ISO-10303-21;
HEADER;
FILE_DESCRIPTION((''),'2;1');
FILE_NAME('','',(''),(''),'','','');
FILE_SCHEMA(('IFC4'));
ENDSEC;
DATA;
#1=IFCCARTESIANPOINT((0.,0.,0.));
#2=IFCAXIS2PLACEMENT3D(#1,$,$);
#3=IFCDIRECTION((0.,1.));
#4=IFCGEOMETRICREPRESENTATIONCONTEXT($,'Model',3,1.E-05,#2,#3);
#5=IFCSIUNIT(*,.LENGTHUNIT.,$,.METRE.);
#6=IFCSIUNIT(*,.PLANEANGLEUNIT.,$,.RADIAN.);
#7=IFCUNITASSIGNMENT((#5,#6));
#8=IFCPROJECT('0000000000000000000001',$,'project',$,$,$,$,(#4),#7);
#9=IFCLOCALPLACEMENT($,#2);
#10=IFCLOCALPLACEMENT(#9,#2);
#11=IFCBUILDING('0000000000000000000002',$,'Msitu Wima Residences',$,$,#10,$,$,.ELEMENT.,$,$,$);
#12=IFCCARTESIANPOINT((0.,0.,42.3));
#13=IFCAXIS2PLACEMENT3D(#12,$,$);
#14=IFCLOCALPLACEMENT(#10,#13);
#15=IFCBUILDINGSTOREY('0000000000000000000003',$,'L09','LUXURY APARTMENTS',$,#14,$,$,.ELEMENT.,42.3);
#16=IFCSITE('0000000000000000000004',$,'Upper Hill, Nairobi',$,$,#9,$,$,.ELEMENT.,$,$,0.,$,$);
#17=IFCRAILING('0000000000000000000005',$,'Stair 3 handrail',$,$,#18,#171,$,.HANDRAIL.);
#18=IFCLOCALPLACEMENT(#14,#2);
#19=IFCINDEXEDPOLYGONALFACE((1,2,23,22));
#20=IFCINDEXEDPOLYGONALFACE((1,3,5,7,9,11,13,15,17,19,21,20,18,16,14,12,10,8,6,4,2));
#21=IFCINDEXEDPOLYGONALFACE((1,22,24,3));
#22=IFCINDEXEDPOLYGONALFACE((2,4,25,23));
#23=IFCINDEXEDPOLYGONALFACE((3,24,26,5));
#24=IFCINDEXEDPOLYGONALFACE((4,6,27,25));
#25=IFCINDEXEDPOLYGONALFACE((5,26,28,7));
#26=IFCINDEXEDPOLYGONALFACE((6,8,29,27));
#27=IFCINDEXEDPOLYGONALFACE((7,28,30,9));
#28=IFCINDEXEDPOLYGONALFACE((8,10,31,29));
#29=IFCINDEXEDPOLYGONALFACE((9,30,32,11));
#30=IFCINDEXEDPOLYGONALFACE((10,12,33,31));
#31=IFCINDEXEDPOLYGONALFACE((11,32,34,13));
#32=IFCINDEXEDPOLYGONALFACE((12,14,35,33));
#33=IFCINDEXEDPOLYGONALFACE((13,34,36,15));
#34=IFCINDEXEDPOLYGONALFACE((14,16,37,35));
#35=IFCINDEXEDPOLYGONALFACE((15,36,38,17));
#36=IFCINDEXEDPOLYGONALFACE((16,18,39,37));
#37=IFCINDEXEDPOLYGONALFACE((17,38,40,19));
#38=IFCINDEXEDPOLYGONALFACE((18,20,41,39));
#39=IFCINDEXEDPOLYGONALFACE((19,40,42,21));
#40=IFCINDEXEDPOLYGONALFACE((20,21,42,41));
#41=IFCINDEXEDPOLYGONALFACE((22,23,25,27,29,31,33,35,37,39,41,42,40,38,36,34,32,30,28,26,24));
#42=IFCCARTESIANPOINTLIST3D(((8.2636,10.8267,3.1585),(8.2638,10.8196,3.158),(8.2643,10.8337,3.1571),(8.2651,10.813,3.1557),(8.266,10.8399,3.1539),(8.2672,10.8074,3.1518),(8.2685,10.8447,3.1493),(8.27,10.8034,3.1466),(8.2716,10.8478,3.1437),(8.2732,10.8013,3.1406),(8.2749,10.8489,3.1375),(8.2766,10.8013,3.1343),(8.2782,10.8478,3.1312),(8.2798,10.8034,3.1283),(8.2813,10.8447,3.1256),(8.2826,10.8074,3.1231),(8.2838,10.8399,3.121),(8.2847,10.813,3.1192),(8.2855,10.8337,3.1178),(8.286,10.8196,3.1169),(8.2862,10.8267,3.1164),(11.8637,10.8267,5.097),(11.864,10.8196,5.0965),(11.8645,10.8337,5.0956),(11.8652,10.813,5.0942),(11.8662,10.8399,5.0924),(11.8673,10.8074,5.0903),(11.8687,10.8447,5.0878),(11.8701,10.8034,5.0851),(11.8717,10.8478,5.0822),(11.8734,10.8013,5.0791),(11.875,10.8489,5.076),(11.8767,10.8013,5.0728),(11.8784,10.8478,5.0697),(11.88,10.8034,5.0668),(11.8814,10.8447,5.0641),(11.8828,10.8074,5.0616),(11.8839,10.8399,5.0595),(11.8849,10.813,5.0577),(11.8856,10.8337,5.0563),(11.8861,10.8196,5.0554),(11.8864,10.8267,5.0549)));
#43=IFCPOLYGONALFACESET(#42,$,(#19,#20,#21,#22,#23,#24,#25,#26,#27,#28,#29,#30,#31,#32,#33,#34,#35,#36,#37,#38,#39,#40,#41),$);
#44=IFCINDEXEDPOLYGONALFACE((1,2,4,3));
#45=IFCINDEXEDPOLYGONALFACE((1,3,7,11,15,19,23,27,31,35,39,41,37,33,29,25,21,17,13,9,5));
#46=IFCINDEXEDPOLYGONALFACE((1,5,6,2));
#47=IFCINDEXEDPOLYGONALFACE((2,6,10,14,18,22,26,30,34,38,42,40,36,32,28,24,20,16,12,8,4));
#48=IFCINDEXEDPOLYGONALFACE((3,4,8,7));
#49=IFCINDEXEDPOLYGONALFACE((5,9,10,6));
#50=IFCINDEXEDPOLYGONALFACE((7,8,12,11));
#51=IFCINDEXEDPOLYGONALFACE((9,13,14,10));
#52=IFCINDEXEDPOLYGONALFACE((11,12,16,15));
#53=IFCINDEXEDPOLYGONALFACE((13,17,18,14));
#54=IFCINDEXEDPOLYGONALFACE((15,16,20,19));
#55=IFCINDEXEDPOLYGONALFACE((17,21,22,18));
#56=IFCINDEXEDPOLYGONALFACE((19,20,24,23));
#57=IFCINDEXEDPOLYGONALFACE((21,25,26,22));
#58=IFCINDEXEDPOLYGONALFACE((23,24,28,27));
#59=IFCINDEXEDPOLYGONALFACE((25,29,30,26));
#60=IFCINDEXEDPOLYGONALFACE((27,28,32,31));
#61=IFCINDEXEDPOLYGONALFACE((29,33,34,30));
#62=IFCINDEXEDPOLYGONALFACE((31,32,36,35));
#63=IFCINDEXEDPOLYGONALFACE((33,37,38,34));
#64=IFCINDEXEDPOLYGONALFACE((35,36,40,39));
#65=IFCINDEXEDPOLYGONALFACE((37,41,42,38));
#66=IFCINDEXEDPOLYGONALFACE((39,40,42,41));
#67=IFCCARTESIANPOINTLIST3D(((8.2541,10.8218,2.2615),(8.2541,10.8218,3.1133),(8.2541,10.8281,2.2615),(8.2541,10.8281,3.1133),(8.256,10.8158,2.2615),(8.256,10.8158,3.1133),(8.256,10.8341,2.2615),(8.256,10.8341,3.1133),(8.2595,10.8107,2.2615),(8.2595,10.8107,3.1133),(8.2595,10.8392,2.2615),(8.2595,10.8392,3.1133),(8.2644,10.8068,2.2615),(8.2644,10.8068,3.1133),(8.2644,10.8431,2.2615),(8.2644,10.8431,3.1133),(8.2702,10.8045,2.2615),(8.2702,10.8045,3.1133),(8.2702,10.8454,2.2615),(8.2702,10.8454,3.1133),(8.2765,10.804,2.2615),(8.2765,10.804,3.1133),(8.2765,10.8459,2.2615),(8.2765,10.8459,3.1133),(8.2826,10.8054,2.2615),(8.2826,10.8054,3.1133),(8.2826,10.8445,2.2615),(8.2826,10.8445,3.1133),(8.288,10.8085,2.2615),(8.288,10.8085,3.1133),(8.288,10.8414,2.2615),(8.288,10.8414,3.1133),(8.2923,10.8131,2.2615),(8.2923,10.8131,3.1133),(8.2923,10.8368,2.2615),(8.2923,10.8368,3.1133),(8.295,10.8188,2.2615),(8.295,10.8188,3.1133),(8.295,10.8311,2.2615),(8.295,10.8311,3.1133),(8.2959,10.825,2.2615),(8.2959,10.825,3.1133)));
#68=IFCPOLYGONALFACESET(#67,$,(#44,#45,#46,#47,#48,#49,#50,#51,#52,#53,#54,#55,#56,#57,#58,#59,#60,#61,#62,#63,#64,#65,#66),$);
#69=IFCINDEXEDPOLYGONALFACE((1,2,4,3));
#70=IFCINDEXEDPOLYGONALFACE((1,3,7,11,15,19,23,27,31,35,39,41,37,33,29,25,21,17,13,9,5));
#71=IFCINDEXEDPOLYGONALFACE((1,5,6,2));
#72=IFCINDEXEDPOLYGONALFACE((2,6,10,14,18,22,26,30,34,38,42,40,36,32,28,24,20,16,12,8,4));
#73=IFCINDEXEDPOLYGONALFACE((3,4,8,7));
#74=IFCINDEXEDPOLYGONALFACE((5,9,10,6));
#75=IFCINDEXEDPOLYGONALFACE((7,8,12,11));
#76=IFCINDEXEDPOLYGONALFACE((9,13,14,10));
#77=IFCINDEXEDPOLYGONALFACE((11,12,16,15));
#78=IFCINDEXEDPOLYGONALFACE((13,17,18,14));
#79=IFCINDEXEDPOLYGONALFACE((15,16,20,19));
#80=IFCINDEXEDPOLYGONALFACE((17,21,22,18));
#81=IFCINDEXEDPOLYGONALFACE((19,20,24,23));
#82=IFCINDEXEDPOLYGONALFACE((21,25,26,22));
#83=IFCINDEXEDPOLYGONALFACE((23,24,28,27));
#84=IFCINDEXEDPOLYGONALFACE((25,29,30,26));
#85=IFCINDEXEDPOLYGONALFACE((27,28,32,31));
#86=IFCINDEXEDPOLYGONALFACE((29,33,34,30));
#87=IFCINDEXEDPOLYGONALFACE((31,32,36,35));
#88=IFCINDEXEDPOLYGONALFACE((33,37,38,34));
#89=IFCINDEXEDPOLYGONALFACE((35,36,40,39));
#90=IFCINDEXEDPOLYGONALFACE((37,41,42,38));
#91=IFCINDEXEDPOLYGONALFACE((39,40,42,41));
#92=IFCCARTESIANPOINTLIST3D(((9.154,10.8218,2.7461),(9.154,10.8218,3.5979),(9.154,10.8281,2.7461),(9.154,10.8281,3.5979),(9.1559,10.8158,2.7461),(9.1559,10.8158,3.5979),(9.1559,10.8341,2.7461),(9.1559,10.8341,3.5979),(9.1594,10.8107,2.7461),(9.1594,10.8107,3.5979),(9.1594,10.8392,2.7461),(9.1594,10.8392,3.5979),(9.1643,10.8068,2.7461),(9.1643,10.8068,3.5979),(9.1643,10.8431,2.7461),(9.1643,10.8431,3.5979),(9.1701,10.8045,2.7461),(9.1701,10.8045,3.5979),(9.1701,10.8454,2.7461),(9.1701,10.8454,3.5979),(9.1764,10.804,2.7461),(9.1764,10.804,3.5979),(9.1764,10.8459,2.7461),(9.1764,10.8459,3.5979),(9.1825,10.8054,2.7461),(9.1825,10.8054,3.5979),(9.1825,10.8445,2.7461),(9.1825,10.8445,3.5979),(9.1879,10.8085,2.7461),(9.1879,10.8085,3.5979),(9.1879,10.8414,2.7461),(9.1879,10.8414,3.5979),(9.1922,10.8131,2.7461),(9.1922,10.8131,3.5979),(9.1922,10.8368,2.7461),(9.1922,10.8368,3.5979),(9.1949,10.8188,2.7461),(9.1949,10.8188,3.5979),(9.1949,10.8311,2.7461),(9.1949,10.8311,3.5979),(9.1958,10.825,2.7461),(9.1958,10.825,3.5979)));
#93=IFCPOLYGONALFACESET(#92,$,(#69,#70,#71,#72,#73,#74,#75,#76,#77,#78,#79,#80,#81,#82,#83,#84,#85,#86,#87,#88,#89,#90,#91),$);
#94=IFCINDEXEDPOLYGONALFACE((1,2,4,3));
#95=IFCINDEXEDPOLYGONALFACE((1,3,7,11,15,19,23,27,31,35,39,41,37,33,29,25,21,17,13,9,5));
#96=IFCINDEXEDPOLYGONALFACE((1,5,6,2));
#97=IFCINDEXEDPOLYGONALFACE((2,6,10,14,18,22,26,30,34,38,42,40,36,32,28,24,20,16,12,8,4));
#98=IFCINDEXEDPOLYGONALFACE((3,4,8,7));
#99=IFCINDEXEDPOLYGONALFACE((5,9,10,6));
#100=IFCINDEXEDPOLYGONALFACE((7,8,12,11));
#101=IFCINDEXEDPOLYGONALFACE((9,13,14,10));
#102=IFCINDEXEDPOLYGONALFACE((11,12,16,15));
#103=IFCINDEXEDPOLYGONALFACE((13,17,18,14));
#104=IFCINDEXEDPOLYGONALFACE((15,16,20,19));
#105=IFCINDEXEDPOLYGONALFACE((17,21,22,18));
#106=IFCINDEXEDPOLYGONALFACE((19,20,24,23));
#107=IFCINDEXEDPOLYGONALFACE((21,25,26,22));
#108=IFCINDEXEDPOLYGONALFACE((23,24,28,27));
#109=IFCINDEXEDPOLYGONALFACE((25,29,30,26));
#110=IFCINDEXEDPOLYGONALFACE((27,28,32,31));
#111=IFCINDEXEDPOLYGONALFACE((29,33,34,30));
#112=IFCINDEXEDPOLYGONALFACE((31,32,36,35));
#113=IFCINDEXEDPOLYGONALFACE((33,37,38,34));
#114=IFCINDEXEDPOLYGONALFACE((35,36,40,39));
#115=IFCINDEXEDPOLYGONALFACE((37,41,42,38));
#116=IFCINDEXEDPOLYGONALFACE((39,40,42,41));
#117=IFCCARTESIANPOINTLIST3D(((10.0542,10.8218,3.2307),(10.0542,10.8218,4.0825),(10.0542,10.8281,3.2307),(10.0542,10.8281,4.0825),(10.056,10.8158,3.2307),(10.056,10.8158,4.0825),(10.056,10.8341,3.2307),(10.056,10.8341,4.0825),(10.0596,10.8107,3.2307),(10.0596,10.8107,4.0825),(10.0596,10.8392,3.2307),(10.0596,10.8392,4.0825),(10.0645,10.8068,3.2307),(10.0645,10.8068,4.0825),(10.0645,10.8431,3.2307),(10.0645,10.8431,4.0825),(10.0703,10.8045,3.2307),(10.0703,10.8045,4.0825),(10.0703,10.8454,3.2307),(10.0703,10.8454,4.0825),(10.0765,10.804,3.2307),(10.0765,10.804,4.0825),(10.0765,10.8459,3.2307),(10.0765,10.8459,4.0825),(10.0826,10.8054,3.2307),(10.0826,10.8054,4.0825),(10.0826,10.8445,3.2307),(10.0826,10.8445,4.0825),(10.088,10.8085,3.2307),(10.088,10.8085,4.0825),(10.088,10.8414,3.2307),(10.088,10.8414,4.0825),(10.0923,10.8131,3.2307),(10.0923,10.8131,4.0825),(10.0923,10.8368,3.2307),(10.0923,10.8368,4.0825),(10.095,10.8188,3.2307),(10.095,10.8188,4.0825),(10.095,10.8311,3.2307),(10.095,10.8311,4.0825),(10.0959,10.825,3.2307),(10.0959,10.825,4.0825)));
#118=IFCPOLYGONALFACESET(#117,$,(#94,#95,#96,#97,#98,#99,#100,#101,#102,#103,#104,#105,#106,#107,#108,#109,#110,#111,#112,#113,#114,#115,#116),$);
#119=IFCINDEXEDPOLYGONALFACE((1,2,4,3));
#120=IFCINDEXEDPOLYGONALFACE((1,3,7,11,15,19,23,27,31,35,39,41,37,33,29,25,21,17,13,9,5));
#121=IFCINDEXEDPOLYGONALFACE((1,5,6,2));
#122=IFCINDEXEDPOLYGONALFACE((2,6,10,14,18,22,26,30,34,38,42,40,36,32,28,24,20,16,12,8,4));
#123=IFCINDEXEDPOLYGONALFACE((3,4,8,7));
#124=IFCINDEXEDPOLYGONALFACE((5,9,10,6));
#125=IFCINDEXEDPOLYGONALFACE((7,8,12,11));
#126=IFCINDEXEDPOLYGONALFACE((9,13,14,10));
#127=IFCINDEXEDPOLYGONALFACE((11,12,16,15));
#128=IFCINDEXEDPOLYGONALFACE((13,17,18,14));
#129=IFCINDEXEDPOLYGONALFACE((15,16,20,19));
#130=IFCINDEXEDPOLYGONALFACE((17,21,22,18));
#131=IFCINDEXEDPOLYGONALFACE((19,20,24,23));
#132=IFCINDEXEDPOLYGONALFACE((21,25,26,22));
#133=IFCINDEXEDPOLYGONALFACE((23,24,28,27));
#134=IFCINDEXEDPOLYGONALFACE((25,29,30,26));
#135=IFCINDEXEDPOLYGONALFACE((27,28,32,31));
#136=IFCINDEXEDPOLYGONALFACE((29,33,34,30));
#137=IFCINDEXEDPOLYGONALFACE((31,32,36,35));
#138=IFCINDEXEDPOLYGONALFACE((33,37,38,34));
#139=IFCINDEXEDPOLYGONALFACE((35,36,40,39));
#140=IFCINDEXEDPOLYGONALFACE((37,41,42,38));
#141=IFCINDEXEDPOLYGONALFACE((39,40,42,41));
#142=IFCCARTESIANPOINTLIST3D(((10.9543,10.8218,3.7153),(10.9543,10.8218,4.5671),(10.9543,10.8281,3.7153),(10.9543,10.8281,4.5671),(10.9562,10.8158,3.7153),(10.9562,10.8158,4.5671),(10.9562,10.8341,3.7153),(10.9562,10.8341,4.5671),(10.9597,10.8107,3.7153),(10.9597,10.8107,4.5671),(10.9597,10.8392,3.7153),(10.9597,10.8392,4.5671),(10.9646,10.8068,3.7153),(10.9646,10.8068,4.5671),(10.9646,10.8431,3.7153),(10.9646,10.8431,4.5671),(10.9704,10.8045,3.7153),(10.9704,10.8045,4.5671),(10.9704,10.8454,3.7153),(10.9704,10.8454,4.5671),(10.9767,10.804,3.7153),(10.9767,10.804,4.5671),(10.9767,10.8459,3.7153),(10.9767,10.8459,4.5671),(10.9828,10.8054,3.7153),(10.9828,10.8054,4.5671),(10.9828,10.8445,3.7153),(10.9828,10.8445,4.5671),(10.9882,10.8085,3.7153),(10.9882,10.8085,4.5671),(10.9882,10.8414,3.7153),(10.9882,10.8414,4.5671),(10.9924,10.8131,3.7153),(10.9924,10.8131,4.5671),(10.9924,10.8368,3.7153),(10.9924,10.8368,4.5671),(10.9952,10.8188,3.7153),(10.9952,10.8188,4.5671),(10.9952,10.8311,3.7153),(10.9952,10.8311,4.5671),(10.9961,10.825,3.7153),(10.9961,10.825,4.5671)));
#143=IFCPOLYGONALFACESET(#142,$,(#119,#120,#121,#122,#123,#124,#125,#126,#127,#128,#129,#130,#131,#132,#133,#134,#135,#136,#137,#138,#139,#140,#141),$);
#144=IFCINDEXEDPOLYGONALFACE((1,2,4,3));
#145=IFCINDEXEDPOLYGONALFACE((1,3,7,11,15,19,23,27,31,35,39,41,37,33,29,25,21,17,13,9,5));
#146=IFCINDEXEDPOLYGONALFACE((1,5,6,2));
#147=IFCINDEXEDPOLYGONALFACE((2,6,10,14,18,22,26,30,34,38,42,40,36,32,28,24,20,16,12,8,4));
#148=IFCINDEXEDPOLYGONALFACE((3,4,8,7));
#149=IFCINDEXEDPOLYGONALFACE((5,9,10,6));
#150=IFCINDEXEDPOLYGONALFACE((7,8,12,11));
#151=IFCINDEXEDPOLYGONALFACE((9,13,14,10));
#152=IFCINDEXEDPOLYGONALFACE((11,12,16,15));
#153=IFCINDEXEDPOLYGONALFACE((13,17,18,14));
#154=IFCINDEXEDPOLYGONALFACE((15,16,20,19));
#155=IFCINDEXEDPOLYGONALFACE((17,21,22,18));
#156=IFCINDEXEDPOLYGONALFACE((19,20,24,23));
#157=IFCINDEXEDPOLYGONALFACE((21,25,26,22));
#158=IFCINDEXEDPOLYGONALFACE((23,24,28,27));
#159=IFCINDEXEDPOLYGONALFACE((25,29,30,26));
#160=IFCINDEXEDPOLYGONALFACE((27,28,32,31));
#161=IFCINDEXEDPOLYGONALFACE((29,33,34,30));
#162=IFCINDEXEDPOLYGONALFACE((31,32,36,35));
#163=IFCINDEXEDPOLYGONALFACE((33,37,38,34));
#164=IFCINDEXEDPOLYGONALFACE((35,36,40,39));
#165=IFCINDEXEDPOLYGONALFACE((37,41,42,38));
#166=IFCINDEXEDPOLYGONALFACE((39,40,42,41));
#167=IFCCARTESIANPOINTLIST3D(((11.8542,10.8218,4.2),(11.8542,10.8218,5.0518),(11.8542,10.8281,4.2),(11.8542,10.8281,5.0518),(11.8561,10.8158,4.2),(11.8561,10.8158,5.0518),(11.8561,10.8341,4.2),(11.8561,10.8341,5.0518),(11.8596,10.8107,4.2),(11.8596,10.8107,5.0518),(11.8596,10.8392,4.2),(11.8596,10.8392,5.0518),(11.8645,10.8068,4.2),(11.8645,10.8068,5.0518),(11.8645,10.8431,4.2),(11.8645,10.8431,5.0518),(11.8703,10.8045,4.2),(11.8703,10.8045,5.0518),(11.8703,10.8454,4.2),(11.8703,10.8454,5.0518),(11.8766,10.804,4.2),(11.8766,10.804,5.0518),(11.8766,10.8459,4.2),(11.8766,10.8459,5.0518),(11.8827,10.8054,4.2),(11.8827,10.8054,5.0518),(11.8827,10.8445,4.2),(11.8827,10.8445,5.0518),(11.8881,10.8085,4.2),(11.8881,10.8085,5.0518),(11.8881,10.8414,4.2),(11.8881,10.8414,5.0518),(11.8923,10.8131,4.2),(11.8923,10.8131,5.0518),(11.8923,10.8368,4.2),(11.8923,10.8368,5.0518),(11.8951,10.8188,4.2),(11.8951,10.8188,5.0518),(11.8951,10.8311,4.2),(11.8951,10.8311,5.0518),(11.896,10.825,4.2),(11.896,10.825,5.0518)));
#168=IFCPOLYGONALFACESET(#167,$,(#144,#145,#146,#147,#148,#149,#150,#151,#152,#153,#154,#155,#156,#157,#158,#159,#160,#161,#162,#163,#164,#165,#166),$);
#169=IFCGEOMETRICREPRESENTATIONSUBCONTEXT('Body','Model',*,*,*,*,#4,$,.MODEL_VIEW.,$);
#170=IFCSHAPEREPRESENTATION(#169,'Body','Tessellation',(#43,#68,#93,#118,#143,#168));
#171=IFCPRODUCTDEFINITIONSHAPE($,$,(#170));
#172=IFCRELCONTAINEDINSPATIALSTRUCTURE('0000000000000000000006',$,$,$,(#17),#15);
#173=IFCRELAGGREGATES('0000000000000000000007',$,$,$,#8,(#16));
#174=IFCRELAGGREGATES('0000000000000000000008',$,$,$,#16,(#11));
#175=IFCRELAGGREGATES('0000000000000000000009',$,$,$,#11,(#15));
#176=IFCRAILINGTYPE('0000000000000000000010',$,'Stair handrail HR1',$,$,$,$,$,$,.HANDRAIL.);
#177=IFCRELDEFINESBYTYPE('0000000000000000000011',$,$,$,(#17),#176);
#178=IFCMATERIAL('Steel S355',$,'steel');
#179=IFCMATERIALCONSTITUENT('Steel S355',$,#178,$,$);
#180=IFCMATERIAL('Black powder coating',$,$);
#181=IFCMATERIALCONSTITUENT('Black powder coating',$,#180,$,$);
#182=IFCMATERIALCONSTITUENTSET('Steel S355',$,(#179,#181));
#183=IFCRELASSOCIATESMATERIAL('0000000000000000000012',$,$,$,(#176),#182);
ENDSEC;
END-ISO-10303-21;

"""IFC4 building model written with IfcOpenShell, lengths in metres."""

from ifc_helpers import new_model, si_unit, direction, frame, origin, origin_2d, place, context, subcontext, project, spatial, circle, extrude, material, constituent, constituent_set, type_object, element, save


model = new_model("IFC4")

# Units and contexts
model_context = context("Model", 3, precision=1e-05, world=origin(), true_north=direction((0.0, 1.0)))
body_context = subcontext(model_context, "Body", "Model", "MODEL_VIEW")
ifc_project = project(units=[si_unit("LENGTHUNIT", "METRE"), si_unit("PLANEANGLEUNIT", "RADIAN")], contexts=[model_context])

# Site, building, storey
site_placement = place(None, origin())
site = spatial("IfcSite", under=ifc_project, at=site_placement, Name="Upper Hill, Nairobi", CompositionType="ELEMENT", RefElevation=0.0)
building_placement = place(site_placement, origin())
building = spatial("IfcBuilding", under=site, at=building_placement, Name="Msitu Wima Residences", CompositionType="ELEMENT")
storey_placement = place(building_placement, frame((0.0, 0.0, 42.3)))
storey = spatial("IfcBuildingStorey", under=building, at=storey_placement, Name="L09", Description="LUXURY APARTMENTS", CompositionType="ELEMENT", Elevation=42.3)

# Railing
ifc_material_1 = material(Name="Steel S355", Category="steel")
ifc_constituent_1 = constituent(ifc_material_1, Name="Steel S355")
ifc_material_2 = material(Name="Black powder coating")
ifc_constituent_2 = constituent(ifc_material_2, Name="Black powder coating")
ifc_constituent_set = constituent_set(constituents=[ifc_constituent_1, ifc_constituent_2], Name="Steel S355")
railing_type = type_object("IfcRailingType", Name="Stair handrail HR1", PredefinedType="HANDRAIL", material=ifc_constituent_set)
for number, where, name in (
    (1, (8.2749, 10.825, 2.2615), "Stair 3 handrail"),
):
    element("IfcRailing", number, at=place(storey_placement, frame(where)), inside=storey, type_object=railing_type, Name=name, PredefinedType="HANDRAIL", context=body_context, shape_type="SweptSolid", body=[
        extrude(circle(Radius=0.0239, at=origin_2d()), frame((0.0, 0.0, 0.876), z_axis=(0.880475, 0.0, 0.474093), x_axis=(0.0, 1.0, 0.0)), (0.0, 0.0, 1.0), 4.0889),
        extrude(circle(Radius=0.021, at=origin_2d()), origin(), (0.0, 0.0, 1.0), 0.8518),
        extrude(circle(Radius=0.021, at=origin_2d()), frame((0.8999, 0.0, 0.4846)), (0.0, 0.0, 1.0), 0.8518),
        extrude(circle(Radius=0.021, at=origin_2d()), frame((1.8, 0.0, 0.9692)), (0.0, 0.0, 1.0), 0.8518),
        extrude(circle(Radius=0.021, at=origin_2d()), frame((2.7002, 0.0, 1.4539)), (0.0, 0.0, 1.0), 0.8518),
        extrude(circle(Radius=0.021, at=origin_2d()), frame((3.6001, 0.0, 1.9385)), (0.0, 0.0, 1.0), 0.8518),
    ])

save(model, "model.ifc")
